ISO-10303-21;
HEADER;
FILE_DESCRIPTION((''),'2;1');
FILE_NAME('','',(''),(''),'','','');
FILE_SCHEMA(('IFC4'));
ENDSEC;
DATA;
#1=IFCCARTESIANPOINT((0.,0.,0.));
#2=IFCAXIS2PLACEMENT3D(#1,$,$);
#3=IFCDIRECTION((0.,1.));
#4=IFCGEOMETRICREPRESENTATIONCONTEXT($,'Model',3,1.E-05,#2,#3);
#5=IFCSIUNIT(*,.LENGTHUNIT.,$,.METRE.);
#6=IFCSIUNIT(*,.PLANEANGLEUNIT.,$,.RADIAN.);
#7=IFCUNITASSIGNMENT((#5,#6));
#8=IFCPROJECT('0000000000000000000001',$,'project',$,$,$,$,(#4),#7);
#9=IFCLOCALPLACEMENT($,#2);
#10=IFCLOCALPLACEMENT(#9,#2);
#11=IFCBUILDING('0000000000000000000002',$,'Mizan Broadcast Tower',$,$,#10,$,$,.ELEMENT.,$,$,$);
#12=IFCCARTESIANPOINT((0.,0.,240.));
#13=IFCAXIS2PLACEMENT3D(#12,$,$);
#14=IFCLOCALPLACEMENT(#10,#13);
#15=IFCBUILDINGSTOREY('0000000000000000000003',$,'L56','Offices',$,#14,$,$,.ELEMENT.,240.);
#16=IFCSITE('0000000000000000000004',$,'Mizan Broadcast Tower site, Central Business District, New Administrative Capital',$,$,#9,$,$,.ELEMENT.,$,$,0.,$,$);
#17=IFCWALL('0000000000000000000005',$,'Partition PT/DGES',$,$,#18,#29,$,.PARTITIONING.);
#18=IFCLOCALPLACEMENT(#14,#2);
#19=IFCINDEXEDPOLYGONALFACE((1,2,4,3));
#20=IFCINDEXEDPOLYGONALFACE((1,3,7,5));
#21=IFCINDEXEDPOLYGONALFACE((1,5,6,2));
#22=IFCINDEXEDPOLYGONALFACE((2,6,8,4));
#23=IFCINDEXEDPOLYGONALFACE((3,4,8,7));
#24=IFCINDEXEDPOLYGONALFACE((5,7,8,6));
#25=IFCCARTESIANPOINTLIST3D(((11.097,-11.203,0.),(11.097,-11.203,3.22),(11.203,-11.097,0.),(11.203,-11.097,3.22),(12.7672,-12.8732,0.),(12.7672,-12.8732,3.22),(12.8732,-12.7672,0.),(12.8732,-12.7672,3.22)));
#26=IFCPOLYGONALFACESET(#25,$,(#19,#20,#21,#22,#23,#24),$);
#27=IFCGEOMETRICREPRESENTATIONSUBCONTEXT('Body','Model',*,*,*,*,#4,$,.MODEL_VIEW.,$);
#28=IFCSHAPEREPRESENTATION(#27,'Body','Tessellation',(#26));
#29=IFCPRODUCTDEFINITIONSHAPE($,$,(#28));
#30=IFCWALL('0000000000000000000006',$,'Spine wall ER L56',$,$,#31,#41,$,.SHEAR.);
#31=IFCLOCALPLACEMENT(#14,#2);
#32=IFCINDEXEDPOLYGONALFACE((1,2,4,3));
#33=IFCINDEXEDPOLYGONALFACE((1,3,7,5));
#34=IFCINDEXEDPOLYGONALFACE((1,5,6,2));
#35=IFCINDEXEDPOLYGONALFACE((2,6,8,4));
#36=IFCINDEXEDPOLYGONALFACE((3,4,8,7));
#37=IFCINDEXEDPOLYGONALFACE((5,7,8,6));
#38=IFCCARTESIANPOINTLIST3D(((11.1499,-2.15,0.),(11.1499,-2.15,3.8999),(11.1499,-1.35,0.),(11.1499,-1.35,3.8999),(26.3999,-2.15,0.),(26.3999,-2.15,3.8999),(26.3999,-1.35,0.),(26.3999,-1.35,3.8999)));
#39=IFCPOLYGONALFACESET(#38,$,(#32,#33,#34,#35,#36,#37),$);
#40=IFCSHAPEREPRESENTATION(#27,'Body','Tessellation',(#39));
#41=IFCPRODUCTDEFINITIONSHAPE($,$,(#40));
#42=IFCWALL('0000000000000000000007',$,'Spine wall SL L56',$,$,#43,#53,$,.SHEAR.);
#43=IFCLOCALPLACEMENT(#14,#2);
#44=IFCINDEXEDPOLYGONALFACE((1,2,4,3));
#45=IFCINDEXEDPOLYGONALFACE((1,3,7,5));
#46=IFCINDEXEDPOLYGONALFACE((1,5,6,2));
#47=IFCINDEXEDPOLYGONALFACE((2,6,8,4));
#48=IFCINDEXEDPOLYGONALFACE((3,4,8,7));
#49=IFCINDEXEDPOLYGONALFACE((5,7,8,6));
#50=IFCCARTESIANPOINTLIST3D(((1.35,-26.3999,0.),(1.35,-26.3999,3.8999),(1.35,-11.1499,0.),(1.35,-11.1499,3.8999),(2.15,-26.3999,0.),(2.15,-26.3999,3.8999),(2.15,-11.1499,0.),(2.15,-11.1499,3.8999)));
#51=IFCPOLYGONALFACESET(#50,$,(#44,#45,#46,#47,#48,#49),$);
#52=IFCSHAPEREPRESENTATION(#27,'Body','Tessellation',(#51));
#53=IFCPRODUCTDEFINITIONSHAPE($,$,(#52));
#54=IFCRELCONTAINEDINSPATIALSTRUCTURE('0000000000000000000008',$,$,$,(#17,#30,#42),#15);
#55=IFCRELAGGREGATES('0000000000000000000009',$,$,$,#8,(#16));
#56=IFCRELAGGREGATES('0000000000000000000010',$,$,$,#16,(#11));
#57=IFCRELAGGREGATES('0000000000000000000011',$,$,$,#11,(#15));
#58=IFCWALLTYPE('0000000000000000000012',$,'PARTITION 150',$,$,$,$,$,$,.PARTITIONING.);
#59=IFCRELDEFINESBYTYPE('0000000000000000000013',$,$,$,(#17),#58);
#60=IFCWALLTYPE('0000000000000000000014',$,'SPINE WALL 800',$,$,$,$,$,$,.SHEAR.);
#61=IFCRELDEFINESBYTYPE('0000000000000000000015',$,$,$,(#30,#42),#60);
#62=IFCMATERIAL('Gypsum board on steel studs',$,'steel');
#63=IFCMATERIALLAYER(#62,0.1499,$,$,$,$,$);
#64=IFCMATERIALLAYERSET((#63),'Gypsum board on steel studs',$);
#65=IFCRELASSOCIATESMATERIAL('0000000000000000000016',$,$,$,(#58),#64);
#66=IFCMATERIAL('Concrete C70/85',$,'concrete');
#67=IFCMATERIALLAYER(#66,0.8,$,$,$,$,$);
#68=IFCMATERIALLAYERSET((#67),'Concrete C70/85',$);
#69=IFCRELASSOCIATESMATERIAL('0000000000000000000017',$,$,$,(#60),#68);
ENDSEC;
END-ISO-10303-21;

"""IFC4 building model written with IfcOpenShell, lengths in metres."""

from ifc_helpers import new_model, si_unit, direction, frame, frame_2d, origin, place, context, subcontext, project, spatial, rectangle, extrude, material, layer, layer_set, type_object, element, save


model = new_model("IFC4")

# Units and contexts
model_context = context("Model", 3, precision=1e-05, world=origin(), true_north=direction((0.0, 1.0)))
body_context = subcontext(model_context, "Body", "Model", "MODEL_VIEW")
ifc_project = project(units=[si_unit("LENGTHUNIT", "METRE"), si_unit("PLANEANGLEUNIT", "RADIAN")], contexts=[model_context])

# Site, building, storey
site_placement = place(None, origin())
site = spatial("IfcSite", under=ifc_project, at=site_placement, Name="Mizan Broadcast Tower site, Central Business District, New Administrative Capital", CompositionType="ELEMENT", RefElevation=0.0)
building_placement = place(site_placement, origin())
building = spatial("IfcBuilding", under=site, at=building_placement, Name="Mizan Broadcast Tower", CompositionType="ELEMENT")
storey_placement = place(building_placement, frame((0.0, 0.0, 240.0)))
storey = spatial("IfcBuildingStorey", under=building, at=storey_placement, Name="L56", Description="Offices", CompositionType="ELEMENT", Elevation=240.0)

# Walls
ifc_material_1 = material(Name="Gypsum board on steel studs", Category="steel")
ifc_layer_1 = layer(ifc_material_1, 0.1499)
ifc_layer_set_1 = layer_set([ifc_layer_1], Name="Gypsum board on steel studs")
wall_type_1 = type_object("IfcWallType", Name="PARTITION 150", PredefinedType="PARTITIONING", material=ifc_layer_set_1)
wall_1_placement = place(storey_placement, frame((11.1499, -11.1499, 0.0), z_axis=(0.0, 0.0, 1.0), x_axis=(0.707107, -0.707107, 0.0)))
element("IfcWall", 1, at=wall_1_placement, inside=storey, type_object=wall_type_1, Name="Partition PT/DGES", PredefinedType="PARTITIONING", context=body_context, shape_type="SweptSolid", body=[
    extrude(rectangle(XDim=2.3621, YDim=0.1499, at=frame_2d((1.1812, 0.0))), origin(), (0.0, 0.0, 1.0), 3.22),
])
ifc_material_2 = material(Name="Concrete C70/85", Category="concrete")
ifc_layer_2 = layer(ifc_material_2, 0.8)
ifc_layer_set_2 = layer_set([ifc_layer_2], Name="Concrete C70/85")
wall_type_2 = type_object("IfcWallType", Name="SPINE WALL 800", PredefinedType="SHEAR", material=ifc_layer_set_2)
for number, where, z_axis, x_axis, name in (
    (2, (11.1499, -1.75, 0.0), (0.0, 0.0, 1.0), (1.0, 0.0, 0.0), "Spine wall ER L56"),
    (3, (1.75, -11.1499, 0.0), (0.0, 0.0, 1.0), (0.0, -1.0, 0.0), "Spine wall SL L56"),
):
    element("IfcWall", number, at=place(storey_placement, frame(where, z_axis=z_axis, x_axis=x_axis)), inside=storey, type_object=wall_type_2, Name=name, PredefinedType="SHEAR", context=body_context, shape_type="SweptSolid", body=[
        extrude(rectangle(XDim=15.25, YDim=0.8, at=frame_2d((7.625, 0.0))), origin(), (0.0, 0.0, 1.0), 3.8999),
    ])

save(model, "model.ifc")
